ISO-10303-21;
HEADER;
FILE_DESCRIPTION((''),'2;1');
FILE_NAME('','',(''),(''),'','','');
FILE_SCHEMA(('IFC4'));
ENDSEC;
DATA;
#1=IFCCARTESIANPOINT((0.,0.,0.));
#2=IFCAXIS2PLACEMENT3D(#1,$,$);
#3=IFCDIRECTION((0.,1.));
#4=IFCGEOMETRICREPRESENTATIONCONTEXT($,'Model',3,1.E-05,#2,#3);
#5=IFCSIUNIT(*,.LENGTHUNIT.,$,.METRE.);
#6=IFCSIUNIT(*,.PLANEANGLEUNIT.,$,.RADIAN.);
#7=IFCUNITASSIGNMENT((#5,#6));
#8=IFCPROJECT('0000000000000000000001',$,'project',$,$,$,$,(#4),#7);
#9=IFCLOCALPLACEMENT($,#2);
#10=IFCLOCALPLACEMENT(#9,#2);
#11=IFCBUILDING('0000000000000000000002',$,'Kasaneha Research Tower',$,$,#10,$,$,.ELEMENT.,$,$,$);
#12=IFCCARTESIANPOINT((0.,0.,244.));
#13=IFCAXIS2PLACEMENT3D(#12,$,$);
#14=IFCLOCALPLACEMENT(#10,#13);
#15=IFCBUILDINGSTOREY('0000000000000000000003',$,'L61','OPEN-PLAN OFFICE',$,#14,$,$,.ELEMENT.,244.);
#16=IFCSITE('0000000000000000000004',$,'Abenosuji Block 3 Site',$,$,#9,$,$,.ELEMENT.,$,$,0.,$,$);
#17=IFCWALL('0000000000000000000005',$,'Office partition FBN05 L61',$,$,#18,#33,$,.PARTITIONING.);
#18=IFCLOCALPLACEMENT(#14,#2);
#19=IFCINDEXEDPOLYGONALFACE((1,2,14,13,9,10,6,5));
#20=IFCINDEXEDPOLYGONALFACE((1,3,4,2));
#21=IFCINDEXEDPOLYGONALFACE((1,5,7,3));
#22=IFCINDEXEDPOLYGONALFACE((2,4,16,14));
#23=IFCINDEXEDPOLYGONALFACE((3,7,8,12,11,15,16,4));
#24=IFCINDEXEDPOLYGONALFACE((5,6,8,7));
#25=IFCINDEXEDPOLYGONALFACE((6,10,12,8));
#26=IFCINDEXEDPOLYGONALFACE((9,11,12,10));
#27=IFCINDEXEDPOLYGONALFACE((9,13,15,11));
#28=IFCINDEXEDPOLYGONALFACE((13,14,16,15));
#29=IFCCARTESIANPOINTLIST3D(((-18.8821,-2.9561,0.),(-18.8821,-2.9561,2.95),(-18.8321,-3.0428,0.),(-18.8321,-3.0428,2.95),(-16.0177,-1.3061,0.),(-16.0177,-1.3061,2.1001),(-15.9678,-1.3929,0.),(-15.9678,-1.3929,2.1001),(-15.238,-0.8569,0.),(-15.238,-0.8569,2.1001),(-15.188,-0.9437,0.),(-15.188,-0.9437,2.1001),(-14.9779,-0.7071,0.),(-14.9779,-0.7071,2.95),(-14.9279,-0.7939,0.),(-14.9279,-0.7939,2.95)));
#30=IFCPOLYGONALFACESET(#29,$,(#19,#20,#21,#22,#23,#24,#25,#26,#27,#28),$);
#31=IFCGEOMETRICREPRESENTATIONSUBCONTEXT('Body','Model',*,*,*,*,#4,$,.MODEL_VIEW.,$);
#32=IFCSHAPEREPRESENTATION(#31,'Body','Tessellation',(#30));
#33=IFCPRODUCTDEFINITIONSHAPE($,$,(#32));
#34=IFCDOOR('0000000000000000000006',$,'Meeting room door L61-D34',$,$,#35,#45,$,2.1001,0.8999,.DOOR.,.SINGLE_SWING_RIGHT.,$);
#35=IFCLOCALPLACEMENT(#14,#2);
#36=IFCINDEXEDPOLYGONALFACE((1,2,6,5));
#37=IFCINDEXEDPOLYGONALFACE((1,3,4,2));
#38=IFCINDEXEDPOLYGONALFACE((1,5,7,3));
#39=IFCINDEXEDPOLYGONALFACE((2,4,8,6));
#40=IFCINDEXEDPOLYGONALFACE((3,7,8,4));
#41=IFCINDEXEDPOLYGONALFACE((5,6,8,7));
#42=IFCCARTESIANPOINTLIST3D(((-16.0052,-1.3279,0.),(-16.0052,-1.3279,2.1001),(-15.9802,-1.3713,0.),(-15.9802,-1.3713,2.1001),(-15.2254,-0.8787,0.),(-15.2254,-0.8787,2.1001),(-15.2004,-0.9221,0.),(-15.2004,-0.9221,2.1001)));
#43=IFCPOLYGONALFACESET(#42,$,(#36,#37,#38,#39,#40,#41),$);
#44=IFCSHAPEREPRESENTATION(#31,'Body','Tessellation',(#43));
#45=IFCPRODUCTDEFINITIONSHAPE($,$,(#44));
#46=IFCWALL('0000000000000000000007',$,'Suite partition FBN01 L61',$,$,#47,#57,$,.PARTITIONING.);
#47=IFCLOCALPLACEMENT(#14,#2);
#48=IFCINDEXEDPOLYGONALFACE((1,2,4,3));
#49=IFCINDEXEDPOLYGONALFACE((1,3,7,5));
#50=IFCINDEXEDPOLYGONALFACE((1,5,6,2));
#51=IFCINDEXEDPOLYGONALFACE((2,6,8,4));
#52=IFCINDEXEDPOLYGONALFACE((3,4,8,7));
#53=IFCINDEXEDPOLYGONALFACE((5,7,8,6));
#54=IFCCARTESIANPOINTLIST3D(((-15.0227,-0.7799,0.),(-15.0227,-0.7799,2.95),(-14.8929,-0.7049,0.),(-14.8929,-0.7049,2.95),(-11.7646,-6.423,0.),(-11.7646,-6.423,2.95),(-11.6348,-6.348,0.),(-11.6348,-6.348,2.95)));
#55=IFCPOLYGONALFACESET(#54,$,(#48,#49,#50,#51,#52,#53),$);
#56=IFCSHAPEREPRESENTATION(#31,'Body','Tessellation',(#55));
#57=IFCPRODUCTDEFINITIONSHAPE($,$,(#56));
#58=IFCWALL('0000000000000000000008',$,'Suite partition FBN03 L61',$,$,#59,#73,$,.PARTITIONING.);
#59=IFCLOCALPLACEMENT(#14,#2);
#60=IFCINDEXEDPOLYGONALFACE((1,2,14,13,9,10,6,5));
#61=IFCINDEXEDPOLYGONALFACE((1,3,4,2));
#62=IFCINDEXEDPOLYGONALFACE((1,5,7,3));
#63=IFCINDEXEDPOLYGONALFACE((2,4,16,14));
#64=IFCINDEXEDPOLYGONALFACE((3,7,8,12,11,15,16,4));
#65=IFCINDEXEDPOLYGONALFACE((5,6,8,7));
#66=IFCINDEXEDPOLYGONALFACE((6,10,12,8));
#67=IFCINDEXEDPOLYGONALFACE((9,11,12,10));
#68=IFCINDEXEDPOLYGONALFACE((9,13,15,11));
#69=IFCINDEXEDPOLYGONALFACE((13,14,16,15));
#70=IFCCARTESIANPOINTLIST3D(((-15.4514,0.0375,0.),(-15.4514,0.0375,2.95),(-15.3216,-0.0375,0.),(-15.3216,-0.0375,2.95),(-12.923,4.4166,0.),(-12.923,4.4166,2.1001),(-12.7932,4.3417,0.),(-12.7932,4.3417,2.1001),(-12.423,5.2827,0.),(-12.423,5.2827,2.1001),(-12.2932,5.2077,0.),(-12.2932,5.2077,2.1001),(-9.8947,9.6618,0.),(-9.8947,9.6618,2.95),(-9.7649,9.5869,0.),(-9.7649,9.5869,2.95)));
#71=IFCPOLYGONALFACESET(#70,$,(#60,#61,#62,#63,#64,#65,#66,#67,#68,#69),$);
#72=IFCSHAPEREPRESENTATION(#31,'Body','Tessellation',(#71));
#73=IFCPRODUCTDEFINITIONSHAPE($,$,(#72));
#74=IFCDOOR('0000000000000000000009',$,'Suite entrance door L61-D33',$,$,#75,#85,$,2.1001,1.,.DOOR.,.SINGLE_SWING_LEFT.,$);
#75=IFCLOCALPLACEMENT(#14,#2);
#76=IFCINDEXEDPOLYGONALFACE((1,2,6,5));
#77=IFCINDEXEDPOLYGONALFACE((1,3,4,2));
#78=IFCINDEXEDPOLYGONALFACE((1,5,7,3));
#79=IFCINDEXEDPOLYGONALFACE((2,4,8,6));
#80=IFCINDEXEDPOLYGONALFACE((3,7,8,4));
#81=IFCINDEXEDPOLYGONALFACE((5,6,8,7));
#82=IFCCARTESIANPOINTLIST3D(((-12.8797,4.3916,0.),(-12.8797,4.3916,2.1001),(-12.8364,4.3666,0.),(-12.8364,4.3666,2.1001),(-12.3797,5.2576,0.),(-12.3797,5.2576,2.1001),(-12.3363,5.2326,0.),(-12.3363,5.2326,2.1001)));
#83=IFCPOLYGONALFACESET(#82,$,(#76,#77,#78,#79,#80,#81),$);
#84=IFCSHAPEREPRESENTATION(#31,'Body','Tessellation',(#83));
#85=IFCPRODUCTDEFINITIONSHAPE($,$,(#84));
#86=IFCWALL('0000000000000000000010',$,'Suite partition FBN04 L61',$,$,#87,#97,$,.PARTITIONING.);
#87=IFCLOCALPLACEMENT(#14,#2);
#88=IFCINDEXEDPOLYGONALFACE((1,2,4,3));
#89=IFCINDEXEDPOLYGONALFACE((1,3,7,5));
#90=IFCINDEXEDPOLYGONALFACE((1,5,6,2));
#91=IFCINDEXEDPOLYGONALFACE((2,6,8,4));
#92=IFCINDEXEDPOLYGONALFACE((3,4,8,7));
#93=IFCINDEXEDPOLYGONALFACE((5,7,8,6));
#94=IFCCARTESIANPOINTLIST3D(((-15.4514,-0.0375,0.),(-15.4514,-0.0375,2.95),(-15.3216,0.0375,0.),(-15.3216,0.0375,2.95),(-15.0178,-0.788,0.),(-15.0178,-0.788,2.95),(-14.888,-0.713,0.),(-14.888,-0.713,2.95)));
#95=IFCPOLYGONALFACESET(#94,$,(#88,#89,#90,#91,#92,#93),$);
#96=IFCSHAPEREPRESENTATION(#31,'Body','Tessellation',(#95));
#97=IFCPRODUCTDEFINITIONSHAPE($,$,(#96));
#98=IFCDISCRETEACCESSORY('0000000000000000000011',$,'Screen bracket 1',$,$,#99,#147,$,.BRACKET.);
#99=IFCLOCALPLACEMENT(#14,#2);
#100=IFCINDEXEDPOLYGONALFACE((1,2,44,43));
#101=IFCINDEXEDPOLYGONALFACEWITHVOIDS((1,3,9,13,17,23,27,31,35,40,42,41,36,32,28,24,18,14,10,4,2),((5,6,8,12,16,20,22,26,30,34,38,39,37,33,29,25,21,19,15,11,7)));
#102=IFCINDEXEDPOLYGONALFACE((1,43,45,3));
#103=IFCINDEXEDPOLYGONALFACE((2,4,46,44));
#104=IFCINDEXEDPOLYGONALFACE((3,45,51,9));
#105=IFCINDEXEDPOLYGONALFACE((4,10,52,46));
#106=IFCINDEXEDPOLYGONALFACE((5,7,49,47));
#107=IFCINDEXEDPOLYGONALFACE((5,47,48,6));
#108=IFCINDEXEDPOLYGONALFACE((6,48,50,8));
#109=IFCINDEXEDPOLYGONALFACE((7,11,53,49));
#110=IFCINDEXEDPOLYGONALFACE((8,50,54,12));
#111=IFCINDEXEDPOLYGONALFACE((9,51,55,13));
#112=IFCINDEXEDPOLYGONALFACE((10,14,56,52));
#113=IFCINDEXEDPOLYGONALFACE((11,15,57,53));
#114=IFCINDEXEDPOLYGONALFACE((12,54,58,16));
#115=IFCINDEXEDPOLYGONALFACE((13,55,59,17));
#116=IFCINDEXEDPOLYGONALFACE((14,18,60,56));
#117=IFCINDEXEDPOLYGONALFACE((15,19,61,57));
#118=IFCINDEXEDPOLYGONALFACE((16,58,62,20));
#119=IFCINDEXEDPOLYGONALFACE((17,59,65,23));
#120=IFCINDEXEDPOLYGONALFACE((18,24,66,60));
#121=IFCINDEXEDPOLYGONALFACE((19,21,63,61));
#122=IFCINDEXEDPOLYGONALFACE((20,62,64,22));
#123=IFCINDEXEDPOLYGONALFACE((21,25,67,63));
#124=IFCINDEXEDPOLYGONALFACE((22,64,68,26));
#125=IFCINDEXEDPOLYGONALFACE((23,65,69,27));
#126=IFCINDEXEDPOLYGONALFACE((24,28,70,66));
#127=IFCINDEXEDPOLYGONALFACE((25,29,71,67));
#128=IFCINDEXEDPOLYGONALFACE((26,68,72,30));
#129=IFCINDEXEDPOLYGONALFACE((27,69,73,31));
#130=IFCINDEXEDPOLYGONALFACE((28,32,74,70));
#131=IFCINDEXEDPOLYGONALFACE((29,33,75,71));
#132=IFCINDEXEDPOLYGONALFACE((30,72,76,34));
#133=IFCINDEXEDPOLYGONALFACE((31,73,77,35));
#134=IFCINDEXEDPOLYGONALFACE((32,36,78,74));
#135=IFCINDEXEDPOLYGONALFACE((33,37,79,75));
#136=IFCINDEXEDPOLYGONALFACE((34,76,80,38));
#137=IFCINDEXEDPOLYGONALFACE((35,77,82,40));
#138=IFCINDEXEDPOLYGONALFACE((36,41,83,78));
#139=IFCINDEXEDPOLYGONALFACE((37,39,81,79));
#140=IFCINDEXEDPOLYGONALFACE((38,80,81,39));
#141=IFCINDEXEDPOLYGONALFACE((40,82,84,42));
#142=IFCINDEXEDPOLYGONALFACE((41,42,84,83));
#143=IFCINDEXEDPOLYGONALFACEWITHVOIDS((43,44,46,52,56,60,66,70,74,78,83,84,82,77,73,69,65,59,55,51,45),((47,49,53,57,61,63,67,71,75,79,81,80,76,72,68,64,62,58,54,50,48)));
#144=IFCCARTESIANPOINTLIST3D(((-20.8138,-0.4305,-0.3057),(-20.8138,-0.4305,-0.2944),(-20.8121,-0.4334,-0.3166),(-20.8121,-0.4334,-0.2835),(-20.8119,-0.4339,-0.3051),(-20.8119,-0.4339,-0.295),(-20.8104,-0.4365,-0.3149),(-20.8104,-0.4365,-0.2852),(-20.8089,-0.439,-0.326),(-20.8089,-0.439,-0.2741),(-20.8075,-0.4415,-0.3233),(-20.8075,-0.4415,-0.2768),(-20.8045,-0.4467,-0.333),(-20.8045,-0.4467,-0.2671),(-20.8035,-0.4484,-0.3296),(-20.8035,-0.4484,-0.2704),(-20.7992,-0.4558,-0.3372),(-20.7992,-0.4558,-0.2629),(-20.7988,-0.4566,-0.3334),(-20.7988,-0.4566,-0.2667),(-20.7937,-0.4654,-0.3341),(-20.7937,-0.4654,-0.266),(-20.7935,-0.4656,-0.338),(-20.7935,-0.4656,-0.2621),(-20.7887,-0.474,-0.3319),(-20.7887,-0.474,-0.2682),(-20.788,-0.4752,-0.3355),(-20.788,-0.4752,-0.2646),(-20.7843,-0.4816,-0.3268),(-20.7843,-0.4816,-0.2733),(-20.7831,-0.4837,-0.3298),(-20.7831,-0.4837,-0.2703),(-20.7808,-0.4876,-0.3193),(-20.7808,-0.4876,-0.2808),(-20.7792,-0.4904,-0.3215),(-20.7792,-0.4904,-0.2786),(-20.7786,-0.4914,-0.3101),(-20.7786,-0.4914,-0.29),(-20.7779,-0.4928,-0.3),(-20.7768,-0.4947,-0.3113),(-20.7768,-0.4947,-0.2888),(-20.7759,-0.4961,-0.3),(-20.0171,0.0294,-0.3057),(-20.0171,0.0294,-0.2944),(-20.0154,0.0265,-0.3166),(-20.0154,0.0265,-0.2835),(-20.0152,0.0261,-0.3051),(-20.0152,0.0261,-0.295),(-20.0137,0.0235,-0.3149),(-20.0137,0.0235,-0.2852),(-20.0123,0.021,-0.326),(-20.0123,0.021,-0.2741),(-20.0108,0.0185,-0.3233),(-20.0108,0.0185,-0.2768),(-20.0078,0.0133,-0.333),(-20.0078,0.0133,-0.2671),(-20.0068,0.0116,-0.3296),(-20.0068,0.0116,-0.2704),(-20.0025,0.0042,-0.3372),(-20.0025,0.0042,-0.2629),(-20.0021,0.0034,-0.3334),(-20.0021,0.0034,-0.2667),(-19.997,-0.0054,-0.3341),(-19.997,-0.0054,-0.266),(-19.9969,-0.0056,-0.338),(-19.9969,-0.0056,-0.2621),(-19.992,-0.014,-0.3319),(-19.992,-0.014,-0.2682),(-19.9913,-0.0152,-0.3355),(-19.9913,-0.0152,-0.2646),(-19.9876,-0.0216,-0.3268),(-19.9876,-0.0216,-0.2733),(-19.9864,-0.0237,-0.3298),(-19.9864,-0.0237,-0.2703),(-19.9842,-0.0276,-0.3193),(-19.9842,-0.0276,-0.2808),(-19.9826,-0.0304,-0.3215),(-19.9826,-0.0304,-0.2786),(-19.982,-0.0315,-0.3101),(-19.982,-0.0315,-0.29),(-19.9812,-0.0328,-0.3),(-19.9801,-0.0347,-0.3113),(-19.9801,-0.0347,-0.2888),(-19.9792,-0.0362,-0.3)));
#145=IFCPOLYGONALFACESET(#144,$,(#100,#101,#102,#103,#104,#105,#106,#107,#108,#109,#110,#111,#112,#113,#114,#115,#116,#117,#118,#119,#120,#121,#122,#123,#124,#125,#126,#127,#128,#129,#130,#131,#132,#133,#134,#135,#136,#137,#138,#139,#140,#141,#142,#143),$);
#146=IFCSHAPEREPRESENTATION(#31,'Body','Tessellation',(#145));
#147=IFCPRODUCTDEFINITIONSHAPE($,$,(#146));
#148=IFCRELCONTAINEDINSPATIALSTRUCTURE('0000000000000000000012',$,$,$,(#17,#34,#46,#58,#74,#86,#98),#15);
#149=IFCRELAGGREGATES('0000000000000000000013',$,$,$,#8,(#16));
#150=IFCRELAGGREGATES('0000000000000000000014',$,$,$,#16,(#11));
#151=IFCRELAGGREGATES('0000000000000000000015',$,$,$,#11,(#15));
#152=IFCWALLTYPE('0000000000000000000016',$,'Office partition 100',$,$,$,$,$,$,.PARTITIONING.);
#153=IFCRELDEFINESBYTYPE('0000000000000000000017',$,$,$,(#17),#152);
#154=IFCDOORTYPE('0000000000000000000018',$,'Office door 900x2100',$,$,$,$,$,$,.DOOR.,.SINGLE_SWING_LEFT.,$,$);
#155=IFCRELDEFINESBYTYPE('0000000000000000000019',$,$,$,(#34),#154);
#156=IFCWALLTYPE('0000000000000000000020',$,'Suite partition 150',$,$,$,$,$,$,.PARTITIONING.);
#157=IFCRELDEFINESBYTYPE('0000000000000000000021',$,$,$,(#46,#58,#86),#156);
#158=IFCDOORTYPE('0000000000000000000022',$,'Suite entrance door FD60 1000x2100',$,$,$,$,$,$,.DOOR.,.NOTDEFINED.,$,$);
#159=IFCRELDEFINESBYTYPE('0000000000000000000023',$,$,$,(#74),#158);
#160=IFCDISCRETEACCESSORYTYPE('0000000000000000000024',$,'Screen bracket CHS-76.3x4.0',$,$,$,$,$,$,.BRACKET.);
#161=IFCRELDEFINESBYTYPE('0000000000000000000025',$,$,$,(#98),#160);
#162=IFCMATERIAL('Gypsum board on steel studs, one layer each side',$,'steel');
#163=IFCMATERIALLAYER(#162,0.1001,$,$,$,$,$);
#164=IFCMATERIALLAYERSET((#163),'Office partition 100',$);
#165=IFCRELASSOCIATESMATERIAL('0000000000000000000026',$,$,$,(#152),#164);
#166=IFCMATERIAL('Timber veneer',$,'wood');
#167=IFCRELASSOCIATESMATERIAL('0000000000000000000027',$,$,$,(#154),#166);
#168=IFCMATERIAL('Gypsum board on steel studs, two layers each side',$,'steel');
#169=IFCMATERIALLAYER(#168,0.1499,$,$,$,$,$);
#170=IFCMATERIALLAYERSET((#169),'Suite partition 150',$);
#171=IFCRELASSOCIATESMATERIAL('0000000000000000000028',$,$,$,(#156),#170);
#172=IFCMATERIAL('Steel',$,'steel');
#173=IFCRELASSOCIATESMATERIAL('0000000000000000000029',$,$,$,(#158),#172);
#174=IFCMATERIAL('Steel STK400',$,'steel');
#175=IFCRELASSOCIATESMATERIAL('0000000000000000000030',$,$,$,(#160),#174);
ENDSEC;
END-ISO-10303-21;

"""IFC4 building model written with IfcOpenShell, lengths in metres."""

from ifc_helpers import new_model, si_unit, direction, frame, frame_2d, origin, origin_2d, place, context, subcontext, project, spatial, rectangle, hollow_circle, extrude, material, layer, layer_set, material_profile, profile_set, type_object, element, fill, save


model = new_model("IFC4")

# Units and contexts
model_context = context("Model", 3, precision=1e-05, world=origin(), true_north=direction((0.0, 1.0)))
body_context = subcontext(model_context, "Body", "Model", "MODEL_VIEW")
ifc_project = project(units=[si_unit("LENGTHUNIT", "METRE"), si_unit("PLANEANGLEUNIT", "RADIAN")], contexts=[model_context])

# Site, building, storey
site_placement = place(None, origin())
site = spatial("IfcSite", under=ifc_project, at=site_placement, Name="Abenosuji Block 3 Site", CompositionType="ELEMENT", RefElevation=0.0)
building_placement = place(site_placement, origin())
building = spatial("IfcBuilding", under=site, at=building_placement, Name="Kasaneha Research Tower", CompositionType="ELEMENT")
storey_placement = place(building_placement, frame((0.0, 0.0, 244.0)))
storey = spatial("IfcBuildingStorey", under=building, at=storey_placement, Name="L61", Description="OPEN-PLAN OFFICE", CompositionType="ELEMENT", Elevation=244.0)

# Wall, opening, door
ifc_material_1 = material(Name="Gypsum board on steel studs, one layer each side", Category="steel")
ifc_layer_1 = layer(ifc_material_1, 0.1001)
ifc_layer_set_1 = layer_set([ifc_layer_1], Name="Office partition 100")
wall_type_1 = type_object("IfcWallType", Name="Office partition 100", PredefinedType="PARTITIONING", material=ifc_layer_set_1)
wall_1_placement = place(storey_placement, frame((-18.8572, -2.9995, 0.0), z_axis=(0.0, 0.0, 1.0), x_axis=(0.866517, 0.499147, 0.0)))
wall_1 = element("IfcWall", 1, at=wall_1_placement, inside=storey, type_object=wall_type_1, Name="Office partition FBN05 L61", PredefinedType="PARTITIONING", context=body_context, shape_type="SweptSolid", body=[
    extrude(rectangle(XDim=4.5056, YDim=0.1001, at=frame_2d((2.2529, 0.0))), origin(), (0.0, 0.0, 1.0), 2.95),
])
opening_1_placement = place(wall_1_placement, frame((3.3057, 0.0, 0.0)))
opening_1 = element("IfcOpeningElement", 2, at=opening_1_placement, cuts=wall_1, PredefinedType="OPENING", context=body_context, shape_type="SweptSolid", body=[
    extrude(rectangle(XDim=0.8999, YDim=2.1001, at=frame_2d((0.45, 1.05))), frame((0.0, 0.0601, 0.0), z_axis=(0.0, -1.0, 0.0), x_axis=(1.0, 0.0, 0.0)), (0.0, 0.0, 1.0), 0.1201),
])
ifc_material_2 = material(Name="Timber veneer", Category="wood")
door_type_1 = type_object("IfcDoorType", Name="Office door 900x2100", OperationType="SINGLE_SWING_LEFT", PredefinedType="DOOR", material=ifc_material_2)
door_1_placement = place(opening_1_placement, origin())
door_1 = element("IfcDoor", 3, at=door_1_placement, inside=storey, type_object=door_type_1, Name="Meeting room door L61-D34", OperationType="SINGLE_SWING_RIGHT", OverallHeight=2.1001, OverallWidth=0.8999, PredefinedType="DOOR", context=body_context, shape_type="SweptSolid", body=[
    extrude(rectangle(XDim=0.8999, YDim=2.1001, at=frame_2d((0.45, 1.05))), frame((0.0, 0.0249, 0.0), z_axis=(0.0, -1.0, 0.0), x_axis=(1.0, 0.0, 0.0)), (0.0, 0.0, 1.0), 0.05),
])
fill(opening_1, door_1)

# Wall
ifc_material_3 = material(Name="Gypsum board on steel studs, two layers each side", Category="steel")
ifc_layer_2 = layer(ifc_material_3, 0.1499)
ifc_layer_set_2 = layer_set([ifc_layer_2], Name="Suite partition 150")
wall_type_2 = type_object("IfcWallType", Name="Suite partition 150", PredefinedType="PARTITIONING", material=ifc_layer_set_2)
wall_2_placement = place(storey_placement, frame((-11.6997, -6.3855, 0.0), z_axis=(0.0, 0.0, 1.0), x_axis=(-0.500004, 0.866023, 0.0)))
element("IfcWall", 4, at=wall_2_placement, inside=storey, type_object=wall_type_2, Name="Suite partition FBN01 L61", PredefinedType="PARTITIONING", context=body_context, shape_type="SweptSolid", body=[
    extrude(rectangle(XDim=6.5161, YDim=0.1499, at=frame_2d((3.2581, 0.0))), origin(), (0.0, 0.0, 1.0), 2.95),
])

# Wall, opening, door
wall_3_placement = place(storey_placement, frame((-15.3865, 0.0, 0.0), z_axis=(0.0, 0.0, 1.0), x_axis=(0.500005, 0.866023, 0.0)))
wall_3 = element("IfcWall", 5, at=wall_3_placement, inside=storey, type_object=wall_type_2, Name="Suite partition FBN03 L61", PredefinedType="PARTITIONING", context=body_context, shape_type="SweptSolid", body=[
    extrude(rectangle(XDim=11.1133, YDim=0.1499, at=frame_2d((5.5566, 0.0))), origin(), (0.0, 0.0, 1.0), 2.95),
])
opening_2_placement = place(wall_3_placement, frame((5.0566, 0.0, 0.0)))
opening_2 = element("IfcOpeningElement", 6, at=opening_2_placement, cuts=wall_3, PredefinedType="OPENING", context=body_context, shape_type="SweptSolid", body=[
    extrude(rectangle(XDim=1.0, YDim=2.1001, at=frame_2d((0.5, 1.05))), frame((0.0, 0.085, 0.0), z_axis=(0.0, -1.0, 0.0), x_axis=(1.0, 0.0, 0.0)), (0.0, 0.0, 1.0), 0.1699),
])
ifc_material_4 = material(Name="Steel", Category="steel")
door_type_2 = type_object("IfcDoorType", Name="Suite entrance door FD60 1000x2100", OperationType="NOTDEFINED", PredefinedType="DOOR", material=ifc_material_4)
door_2_placement = place(opening_2_placement, origin())
door_2 = element("IfcDoor", 7, at=door_2_placement, inside=storey, type_object=door_type_2, Name="Suite entrance door L61-D33", OperationType="SINGLE_SWING_LEFT", OverallHeight=2.1001, OverallWidth=1.0, PredefinedType="DOOR", context=body_context, shape_type="SweptSolid", body=[
    extrude(rectangle(XDim=1.0, YDim=2.1001, at=frame_2d((0.5, 1.05))), frame((0.0, 0.0249, 0.0), z_axis=(0.0, -1.0, 0.0), x_axis=(1.0, 0.0, 0.0)), (0.0, 0.0, 1.0), 0.05),
])
fill(opening_2, door_2)

# Wall
wall_4_placement = place(storey_placement, frame((-14.9529, -0.7505, 0.0), z_axis=(0.0, 0.0, 1.0), x_axis=(-0.500259, 0.865876, 0.0)))
element("IfcWall", 8, at=wall_4_placement, inside=storey, type_object=wall_type_2, Name="Suite partition FBN04 L61", PredefinedType="PARTITIONING", context=body_context, shape_type="SweptSolid", body=[
    extrude(rectangle(XDim=0.8667, YDim=0.1499, at=frame_2d((0.4333, 0.0))), origin(), (0.0, 0.0, 1.0), 2.95),
])

# Discrete accessory
ifc_material_5 = material(Name="Steel STK400", Category="steel")
ifc_material_profile_1 = material_profile(ifc_material_5, hollow_circle(Radius=0.0381, WallThickness=0.0039, at=origin_2d()), Name="CHS-76.3x4.0")
ifc_profile_set_1 = profile_set([ifc_material_profile_1], Name="Steel STK400")
discrete_accessory_type = type_object("IfcDiscreteAccessoryType", Name="Screen bracket CHS-76.3x4.0", PredefinedType="BRACKET", material=ifc_profile_set_1)
discrete_accessory_placement = place(storey_placement, frame((-19.9983, -0.0032, -0.3), z_axis=(-0.866013, -0.500021, 0.0), x_axis=(0.500021, -0.866013, 0.0)))
element("IfcDiscreteAccessory", 9, at=discrete_accessory_placement, inside=storey, type_object=discrete_accessory_type, Name="Screen bracket 1", PredefinedType="BRACKET", context=body_context, shape_type="SweptSolid", body=[
    extrude(hollow_circle(Radius=0.0381, WallThickness=0.0039, at=origin_2d()), origin(), (0.0, 0.0, 1.0), 0.9199),
])

save(model, "model.ifc")
